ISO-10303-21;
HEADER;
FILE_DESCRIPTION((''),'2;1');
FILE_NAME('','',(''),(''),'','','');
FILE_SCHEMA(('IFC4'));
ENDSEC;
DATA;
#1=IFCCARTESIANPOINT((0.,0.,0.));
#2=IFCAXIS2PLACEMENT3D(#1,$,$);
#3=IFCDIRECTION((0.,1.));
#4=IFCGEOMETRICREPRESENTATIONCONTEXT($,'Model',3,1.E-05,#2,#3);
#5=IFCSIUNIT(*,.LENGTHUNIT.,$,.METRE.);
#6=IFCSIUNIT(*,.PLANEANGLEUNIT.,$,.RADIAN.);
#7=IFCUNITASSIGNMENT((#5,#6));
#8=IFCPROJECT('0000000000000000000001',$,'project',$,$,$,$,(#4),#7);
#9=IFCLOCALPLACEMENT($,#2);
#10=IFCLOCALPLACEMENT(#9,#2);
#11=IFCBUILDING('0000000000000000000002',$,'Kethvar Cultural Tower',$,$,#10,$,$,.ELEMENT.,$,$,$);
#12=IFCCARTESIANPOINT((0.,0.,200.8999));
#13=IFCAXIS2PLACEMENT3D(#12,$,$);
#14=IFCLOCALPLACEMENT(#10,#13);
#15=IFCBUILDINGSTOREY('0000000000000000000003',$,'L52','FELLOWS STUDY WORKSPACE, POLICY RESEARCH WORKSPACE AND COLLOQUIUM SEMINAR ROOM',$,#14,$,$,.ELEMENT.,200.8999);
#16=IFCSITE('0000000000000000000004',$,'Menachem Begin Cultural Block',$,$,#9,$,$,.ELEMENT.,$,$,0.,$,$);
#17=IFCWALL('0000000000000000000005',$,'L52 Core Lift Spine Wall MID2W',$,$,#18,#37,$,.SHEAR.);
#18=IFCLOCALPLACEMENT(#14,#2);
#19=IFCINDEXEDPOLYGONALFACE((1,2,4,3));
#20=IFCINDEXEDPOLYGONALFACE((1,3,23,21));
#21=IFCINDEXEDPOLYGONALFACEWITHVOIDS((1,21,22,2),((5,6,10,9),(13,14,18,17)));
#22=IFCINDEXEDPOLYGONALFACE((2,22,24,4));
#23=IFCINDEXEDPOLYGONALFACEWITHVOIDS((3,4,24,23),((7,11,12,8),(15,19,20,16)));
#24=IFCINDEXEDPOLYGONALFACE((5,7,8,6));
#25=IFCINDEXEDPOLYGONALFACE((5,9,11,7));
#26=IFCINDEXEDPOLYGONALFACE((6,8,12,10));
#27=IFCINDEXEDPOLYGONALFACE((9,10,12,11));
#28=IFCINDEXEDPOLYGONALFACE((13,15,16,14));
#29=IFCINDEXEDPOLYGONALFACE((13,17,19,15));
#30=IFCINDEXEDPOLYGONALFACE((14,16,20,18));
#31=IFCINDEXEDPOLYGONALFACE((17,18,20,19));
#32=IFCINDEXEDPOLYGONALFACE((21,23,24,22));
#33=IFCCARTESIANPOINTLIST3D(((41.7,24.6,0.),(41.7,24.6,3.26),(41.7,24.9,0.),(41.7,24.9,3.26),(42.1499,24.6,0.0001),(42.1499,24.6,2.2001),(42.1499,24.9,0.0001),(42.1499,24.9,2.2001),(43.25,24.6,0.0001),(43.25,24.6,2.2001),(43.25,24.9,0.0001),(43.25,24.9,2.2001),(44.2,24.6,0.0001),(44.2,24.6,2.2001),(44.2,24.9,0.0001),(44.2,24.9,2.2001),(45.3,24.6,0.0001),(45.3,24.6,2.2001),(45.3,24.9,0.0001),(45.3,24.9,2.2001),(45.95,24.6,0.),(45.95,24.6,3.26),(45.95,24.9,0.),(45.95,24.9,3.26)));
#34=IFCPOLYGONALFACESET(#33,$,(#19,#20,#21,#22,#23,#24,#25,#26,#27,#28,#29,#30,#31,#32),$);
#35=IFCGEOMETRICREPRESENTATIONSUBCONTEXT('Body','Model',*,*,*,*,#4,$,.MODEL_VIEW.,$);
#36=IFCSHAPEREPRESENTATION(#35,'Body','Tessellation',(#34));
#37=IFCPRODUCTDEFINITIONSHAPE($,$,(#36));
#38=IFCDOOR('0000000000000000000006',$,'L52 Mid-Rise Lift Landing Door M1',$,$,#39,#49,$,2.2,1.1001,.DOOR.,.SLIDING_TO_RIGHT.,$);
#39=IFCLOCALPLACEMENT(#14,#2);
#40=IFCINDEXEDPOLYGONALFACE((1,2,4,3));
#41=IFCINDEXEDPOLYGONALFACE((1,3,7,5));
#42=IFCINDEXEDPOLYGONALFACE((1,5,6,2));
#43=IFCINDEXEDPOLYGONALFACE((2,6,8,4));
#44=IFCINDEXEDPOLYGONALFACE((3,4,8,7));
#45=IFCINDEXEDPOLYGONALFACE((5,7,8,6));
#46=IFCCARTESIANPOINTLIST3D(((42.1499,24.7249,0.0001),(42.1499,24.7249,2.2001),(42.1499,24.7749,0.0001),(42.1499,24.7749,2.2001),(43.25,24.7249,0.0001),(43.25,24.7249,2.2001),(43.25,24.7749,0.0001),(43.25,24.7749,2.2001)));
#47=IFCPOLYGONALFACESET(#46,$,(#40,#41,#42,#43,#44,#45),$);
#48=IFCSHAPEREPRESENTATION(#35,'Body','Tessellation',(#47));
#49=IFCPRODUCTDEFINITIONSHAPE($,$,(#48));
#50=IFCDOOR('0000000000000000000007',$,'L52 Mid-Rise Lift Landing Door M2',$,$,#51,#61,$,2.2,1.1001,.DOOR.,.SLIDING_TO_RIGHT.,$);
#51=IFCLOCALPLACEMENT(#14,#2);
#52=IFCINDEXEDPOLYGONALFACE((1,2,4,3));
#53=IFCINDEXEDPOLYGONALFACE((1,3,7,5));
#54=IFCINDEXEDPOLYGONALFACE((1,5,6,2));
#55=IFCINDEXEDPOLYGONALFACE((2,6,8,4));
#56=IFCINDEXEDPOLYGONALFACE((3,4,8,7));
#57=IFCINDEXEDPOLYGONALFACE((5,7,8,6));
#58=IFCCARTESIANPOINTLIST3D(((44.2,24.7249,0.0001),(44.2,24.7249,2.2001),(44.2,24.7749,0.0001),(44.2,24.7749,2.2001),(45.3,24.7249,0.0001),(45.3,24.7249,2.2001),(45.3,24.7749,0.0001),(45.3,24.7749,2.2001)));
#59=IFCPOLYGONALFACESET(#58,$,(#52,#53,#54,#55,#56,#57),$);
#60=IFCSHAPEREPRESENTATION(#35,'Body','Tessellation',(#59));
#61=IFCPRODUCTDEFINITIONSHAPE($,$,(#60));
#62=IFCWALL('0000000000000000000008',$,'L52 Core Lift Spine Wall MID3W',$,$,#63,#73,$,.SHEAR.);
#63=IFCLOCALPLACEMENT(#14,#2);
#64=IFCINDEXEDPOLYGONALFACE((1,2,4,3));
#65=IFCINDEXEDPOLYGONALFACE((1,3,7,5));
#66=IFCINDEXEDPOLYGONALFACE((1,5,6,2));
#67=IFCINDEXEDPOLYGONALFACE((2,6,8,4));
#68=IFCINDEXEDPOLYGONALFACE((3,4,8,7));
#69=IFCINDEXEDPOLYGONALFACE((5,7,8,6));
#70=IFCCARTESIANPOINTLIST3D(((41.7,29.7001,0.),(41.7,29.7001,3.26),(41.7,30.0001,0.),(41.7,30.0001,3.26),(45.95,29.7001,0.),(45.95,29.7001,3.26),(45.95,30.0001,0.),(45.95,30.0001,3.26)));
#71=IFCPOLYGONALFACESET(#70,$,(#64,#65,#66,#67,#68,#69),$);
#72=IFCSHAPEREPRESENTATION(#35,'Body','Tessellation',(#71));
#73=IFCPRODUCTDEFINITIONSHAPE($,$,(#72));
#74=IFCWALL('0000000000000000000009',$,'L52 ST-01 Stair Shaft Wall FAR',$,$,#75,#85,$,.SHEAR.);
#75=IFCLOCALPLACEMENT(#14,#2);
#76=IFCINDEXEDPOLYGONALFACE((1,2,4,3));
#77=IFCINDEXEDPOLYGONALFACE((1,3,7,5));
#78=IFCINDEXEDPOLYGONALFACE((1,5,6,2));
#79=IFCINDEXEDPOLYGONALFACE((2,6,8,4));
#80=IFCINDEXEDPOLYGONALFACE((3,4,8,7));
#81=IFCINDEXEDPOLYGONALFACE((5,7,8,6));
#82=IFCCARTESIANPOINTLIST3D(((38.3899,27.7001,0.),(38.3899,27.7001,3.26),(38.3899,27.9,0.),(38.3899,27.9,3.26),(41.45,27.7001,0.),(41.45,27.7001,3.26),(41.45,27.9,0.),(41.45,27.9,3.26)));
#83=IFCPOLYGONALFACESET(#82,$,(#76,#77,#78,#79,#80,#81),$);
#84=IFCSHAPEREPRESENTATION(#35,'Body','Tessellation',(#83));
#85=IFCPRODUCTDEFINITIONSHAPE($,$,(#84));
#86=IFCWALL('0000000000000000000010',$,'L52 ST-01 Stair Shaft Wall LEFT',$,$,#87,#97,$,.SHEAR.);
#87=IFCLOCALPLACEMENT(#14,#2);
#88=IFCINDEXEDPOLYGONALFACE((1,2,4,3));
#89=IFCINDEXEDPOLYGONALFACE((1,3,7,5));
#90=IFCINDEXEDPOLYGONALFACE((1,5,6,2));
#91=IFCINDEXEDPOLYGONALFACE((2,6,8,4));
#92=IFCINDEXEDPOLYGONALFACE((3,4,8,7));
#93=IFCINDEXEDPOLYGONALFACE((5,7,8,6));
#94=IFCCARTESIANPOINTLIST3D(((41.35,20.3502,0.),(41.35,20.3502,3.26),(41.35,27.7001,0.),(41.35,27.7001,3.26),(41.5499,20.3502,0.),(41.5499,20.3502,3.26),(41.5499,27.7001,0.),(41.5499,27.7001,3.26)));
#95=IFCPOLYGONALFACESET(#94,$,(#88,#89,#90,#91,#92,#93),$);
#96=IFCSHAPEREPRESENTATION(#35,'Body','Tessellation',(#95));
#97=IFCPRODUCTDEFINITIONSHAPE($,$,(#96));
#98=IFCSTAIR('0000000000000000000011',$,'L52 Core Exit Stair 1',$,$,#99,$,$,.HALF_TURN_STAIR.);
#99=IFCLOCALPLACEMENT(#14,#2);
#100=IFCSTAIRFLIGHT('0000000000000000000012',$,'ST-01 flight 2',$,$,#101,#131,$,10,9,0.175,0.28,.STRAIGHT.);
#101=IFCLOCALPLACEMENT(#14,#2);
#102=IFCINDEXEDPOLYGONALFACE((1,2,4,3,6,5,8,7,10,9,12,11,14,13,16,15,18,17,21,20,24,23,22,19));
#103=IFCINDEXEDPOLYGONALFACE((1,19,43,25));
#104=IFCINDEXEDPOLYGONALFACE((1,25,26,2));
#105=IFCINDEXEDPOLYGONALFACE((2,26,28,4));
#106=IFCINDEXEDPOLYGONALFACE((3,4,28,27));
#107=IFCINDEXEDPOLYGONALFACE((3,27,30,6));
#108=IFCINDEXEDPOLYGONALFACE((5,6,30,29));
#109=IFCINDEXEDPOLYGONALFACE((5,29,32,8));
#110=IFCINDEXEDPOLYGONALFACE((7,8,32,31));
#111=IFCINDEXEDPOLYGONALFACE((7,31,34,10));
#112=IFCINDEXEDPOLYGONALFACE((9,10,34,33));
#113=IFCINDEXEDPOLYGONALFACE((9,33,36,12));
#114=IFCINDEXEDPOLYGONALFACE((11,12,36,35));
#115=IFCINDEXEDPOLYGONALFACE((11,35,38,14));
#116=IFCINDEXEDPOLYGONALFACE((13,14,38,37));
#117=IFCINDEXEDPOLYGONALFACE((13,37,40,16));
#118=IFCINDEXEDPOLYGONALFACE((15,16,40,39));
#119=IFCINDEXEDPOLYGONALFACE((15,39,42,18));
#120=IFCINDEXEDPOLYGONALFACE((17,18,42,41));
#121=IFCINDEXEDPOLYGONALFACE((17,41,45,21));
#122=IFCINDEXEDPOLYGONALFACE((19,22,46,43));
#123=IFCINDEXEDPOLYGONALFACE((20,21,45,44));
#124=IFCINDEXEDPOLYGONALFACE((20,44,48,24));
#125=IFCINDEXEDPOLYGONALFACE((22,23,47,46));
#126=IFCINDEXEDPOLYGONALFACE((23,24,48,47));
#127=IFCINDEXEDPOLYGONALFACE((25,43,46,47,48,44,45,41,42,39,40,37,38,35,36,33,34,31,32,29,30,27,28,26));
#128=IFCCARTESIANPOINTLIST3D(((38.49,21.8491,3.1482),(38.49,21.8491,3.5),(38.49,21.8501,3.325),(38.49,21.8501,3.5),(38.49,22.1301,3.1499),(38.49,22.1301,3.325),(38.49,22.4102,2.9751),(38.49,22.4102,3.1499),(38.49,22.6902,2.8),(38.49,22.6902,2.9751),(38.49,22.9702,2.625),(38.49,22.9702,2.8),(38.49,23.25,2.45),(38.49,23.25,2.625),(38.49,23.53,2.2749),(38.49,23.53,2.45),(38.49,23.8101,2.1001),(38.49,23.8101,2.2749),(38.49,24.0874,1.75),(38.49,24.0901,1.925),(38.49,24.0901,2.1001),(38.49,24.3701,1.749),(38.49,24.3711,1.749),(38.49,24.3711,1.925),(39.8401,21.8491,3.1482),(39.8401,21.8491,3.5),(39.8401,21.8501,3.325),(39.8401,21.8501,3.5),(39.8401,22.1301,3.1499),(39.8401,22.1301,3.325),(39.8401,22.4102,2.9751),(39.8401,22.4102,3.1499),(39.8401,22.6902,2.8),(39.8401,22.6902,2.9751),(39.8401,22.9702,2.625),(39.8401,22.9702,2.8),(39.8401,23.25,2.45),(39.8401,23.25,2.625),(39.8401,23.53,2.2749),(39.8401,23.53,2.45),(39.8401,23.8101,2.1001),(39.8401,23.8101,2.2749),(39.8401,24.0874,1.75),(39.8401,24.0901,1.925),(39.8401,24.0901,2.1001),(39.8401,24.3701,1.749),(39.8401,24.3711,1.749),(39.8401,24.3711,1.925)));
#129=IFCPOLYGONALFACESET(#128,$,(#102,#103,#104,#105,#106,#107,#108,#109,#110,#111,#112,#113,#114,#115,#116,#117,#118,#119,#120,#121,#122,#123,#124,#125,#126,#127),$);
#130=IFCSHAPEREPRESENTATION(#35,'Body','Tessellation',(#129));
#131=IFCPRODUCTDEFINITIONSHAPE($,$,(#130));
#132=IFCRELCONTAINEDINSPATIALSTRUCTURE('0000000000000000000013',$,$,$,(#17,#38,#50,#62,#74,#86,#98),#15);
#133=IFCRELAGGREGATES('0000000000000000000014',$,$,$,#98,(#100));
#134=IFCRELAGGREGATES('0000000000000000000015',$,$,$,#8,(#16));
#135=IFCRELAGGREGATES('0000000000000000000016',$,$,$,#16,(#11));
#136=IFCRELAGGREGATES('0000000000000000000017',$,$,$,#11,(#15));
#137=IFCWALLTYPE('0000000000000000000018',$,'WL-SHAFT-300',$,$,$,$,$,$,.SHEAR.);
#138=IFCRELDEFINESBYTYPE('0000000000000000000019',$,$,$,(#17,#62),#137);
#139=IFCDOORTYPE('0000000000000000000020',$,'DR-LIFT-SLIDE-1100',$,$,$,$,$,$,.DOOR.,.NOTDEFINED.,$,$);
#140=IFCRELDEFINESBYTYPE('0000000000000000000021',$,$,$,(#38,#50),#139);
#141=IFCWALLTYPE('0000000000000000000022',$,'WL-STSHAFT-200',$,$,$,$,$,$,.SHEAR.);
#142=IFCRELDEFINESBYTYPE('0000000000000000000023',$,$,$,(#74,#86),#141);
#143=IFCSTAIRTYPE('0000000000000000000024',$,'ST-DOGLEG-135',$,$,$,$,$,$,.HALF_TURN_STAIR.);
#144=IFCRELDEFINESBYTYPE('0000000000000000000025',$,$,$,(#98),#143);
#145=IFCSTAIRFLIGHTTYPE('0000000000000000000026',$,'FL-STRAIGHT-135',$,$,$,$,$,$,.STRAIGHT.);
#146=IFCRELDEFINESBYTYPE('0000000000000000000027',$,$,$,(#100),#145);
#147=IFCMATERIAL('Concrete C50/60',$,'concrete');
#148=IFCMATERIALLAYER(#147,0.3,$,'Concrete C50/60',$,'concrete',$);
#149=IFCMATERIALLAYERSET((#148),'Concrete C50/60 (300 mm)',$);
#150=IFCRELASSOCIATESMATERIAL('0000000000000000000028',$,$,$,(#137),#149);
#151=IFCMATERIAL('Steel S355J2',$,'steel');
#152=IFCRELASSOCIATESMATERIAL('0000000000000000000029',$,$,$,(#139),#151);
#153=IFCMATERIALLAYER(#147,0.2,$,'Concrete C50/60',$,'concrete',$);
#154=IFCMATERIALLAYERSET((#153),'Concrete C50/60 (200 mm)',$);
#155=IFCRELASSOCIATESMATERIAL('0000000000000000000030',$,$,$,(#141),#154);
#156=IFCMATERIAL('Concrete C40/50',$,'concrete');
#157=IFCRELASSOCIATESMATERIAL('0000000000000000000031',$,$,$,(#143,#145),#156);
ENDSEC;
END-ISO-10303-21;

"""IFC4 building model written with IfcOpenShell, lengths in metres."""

from ifc_helpers import new_model, si_unit, direction, frame, frame_2d, origin, place, context, subcontext, project, spatial, polyline, rectangle, outline, extrude, source, transform, mapped, material, layer, layer_set, type_object, element, fill, aggregate, save


model = new_model("IFC4")

# Units and contexts
model_context = context("Model", 3, precision=1e-05, world=origin(), true_north=direction((0.0, 1.0)))
body_context = subcontext(model_context, "Body", "Model", "MODEL_VIEW")
ifc_project = project(units=[si_unit("LENGTHUNIT", "METRE"), si_unit("PLANEANGLEUNIT", "RADIAN")], contexts=[model_context])

# Site, building, storey
site_placement = place(None, origin())
site = spatial("IfcSite", under=ifc_project, at=site_placement, Name="Menachem Begin Cultural Block", CompositionType="ELEMENT", RefElevation=0.0)
building_placement = place(site_placement, origin())
building = spatial("IfcBuilding", under=site, at=building_placement, Name="Kethvar Cultural Tower", CompositionType="ELEMENT")
storey_placement = place(building_placement, frame((0.0, 0.0, 200.8999)))
storey = spatial("IfcBuildingStorey", under=building, at=storey_placement, Name="L52", Description="FELLOWS STUDY WORKSPACE, POLICY RESEARCH WORKSPACE AND COLLOQUIUM SEMINAR ROOM", CompositionType="ELEMENT", Elevation=200.8999)

# Shared definitions
ifc_material_1 = material(Name="Steel S355J2", Category="steel")

# Shared definitions
ifc_material_2 = material(Name="Concrete C40/50", Category="concrete")

# Wall, openings, doors
ifc_material_3 = material(Name="Concrete C50/60", Category="concrete")
ifc_layer_1 = layer(ifc_material_3, 0.3, Name="Concrete C50/60", Category="concrete")
ifc_layer_set_1 = layer_set([ifc_layer_1], Name="Concrete C50/60 (300 mm)")
wall_type_1 = type_object("IfcWallType", Name="WL-SHAFT-300", PredefinedType="SHEAR", material=ifc_layer_set_1)
wall_1_placement = place(storey_placement, frame((41.7, 24.75, 0.0), z_axis=(0.0, 0.0, 1.0), x_axis=(1.0, 0.0, 0.0)))
wall_1 = element("IfcWall", 1, at=wall_1_placement, inside=storey, type_object=wall_type_1, Name="L52 Core Lift Spine Wall MID2W", PredefinedType="SHEAR", context=body_context, shape_type="SweptSolid", body=[
    extrude(rectangle(XDim=4.25, YDim=0.3, at=frame_2d((2.125, 0.0))), origin(), (0.0, 0.0, 1.0), 3.26),
])
opening_1_placement = place(wall_1_placement, frame((0.45, 0.0, 0.0)))
opening_1 = element("IfcOpeningElement", 2, at=opening_1_placement, cuts=wall_1, PredefinedType="OPENING", context=body_context, shape_type="SweptSolid", body=[
    extrude(rectangle(XDim=1.1001, YDim=2.2, at=frame_2d((0.55, 1.1001))), frame((0.0, 0.1599, 0.0), z_axis=(0.0, -1.0, 0.0), x_axis=(1.0, 0.0, 0.0)), (0.0, 0.0, 1.0), 0.3201),
])
opening_2_placement = place(wall_1_placement, frame((2.5, 0.0, 0.0)))
opening_2 = element("IfcOpeningElement", 3, at=opening_2_placement, cuts=wall_1, PredefinedType="OPENING", context=body_context, shape_type="SweptSolid", body=[
    extrude(rectangle(XDim=1.1001, YDim=2.2, at=frame_2d((0.55, 1.1001))), frame((0.0, 0.1599, 0.0), z_axis=(0.0, -1.0, 0.0), x_axis=(1.0, 0.0, 0.0)), (0.0, 0.0, 1.0), 0.3201),
])
door_type = type_object("IfcDoorType", Name="DR-LIFT-SLIDE-1100", OperationType="NOTDEFINED", PredefinedType="DOOR", material=ifc_material_1)
shared_shape_1 = source(origin(), body_context, "Body", "SweptSolid", [
    extrude(rectangle(XDim=1.1001, YDim=2.2, at=frame_2d((0.55, 1.1001))), frame((0.0, 0.0249, 0.0), z_axis=(0.0, -1.0, 0.0), x_axis=(1.0, 0.0, 0.0)), (0.0, 0.0, 1.0), 0.05),
])
door_1_placement = place(opening_1_placement, origin())
door_1 = element("IfcDoor", 4, at=door_1_placement, inside=storey, type_object=door_type, Name="L52 Mid-Rise Lift Landing Door M1", OperationType="SLIDING_TO_RIGHT", OverallHeight=2.2, OverallWidth=1.1001, PredefinedType="DOOR", context=body_context, shape_type="MappedRepresentation", body=[
    mapped(shared_shape_1, transform((0.0, 0.0, 0.0), scale=1.0)),
])
fill(opening_1, door_1)
door_2_placement = place(opening_2_placement, origin())
door_2 = element("IfcDoor", 5, at=door_2_placement, inside=storey, type_object=door_type, Name="L52 Mid-Rise Lift Landing Door M2", OperationType="SLIDING_TO_RIGHT", OverallHeight=2.2, OverallWidth=1.1001, PredefinedType="DOOR", context=body_context, shape_type="MappedRepresentation", body=[
    mapped(shared_shape_1, transform((0.0, 0.0, 0.0), scale=1.0)),
])
fill(opening_2, door_2)

# Walls
wall_2_placement = place(storey_placement, frame((41.7, 29.8501, 0.0), z_axis=(0.0, 0.0, 1.0), x_axis=(1.0, 0.0, 0.0)))
element("IfcWall", 6, at=wall_2_placement, inside=storey, type_object=wall_type_1, Name="L52 Core Lift Spine Wall MID3W", PredefinedType="SHEAR", context=body_context, shape_type="SweptSolid", body=[
    extrude(rectangle(XDim=4.25, YDim=0.3, at=frame_2d((2.125, 0.0))), origin(), (0.0, 0.0, 1.0), 3.26),
])
ifc_layer_2 = layer(ifc_material_3, 0.2, Name="Concrete C50/60", Category="concrete")
ifc_layer_set_2 = layer_set([ifc_layer_2], Name="Concrete C50/60 (200 mm)")
wall_type_2 = type_object("IfcWallType", Name="WL-STSHAFT-200", PredefinedType="SHEAR", material=ifc_layer_set_2)
wall_3_placement = place(storey_placement, frame((38.3899, 27.8, 0.0), z_axis=(0.0, 0.0, 1.0), x_axis=(1.0, 0.0, 0.0)))
element("IfcWall", 7, at=wall_3_placement, inside=storey, type_object=wall_type_2, Name="L52 ST-01 Stair Shaft Wall FAR", PredefinedType="SHEAR", context=body_context, shape_type="SweptSolid", body=[
    extrude(rectangle(XDim=3.0601, YDim=0.2, at=frame_2d((1.53, 0.0))), origin(), (0.0, 0.0, 1.0), 3.26),
])
wall_4_placement = place(storey_placement, frame((41.45, 27.7, 0.0), z_axis=(0.0, 0.0, 1.0), x_axis=(0.0, -1.0, 0.0)))
element("IfcWall", 8, at=wall_4_placement, inside=storey, type_object=wall_type_2, Name="L52 ST-01 Stair Shaft Wall LEFT", PredefinedType="SHEAR", context=body_context, shape_type="SweptSolid", body=[
    extrude(rectangle(XDim=7.3499, YDim=0.2, at=frame_2d((3.6748, 0.0))), origin(), (0.0, 0.0, 1.0), 3.26),
])

# Stair, stair flight
stair_type = type_object("IfcStairType", Name="ST-DOGLEG-135", PredefinedType="HALF_TURN_STAIR", material=ifc_material_2)
stair_placement = place(storey_placement, origin())
stair = element("IfcStair", 9, at=stair_placement, inside=storey, type_object=stair_type, Name="L52 Core Exit Stair 1", PredefinedType="HALF_TURN_STAIR")
stair_flight_type = type_object("IfcStairFlightType", Name="FL-STRAIGHT-135", PredefinedType="STRAIGHT", material=ifc_material_2)
stair_flight_placement = place(storey_placement, frame((39.165, 24.3701, 1.75), z_axis=(0.0, 0.0, 1.0), x_axis=(0.0, -1.0, 0.0)))
stair_flight = element("IfcStairFlight", 10, at=stair_flight_placement, type_object=stair_flight_type, Name="ST-01 flight 2", NumberOfRisers=10, NumberOfTreads=9, PredefinedType="STRAIGHT", RiserHeight=0.175, TreadLength=0.28, context=body_context, shape_type="SweptSolid", body=[
    extrude(outline(polyline([(-0.001, -0.001), (-0.001, 0.175), (0.28, 0.175), (0.28, 0.3501), (0.5601, 0.3501), (0.5601, 0.5249), (0.8401, 0.5249), (0.8401, 0.7), (1.1201, 0.7), (1.1201, 0.875), (1.3999, 0.875), (1.3999, 1.05), (1.6799, 1.05), (1.6799, 1.2251), (1.96, 1.2251), (1.96, 1.3999), (2.24, 1.3999), (2.24, 1.575), (2.52, 1.575), (2.52, 1.75), (2.521, 1.75), (2.521, 1.3982), (0.2827, 0.0), (0.0, -0.001), (-0.001, -0.001)])), frame((0.0, 0.675, 0.0), z_axis=(0.0, -1.0, 0.0), x_axis=(1.0, 0.0, 0.0)), (0.0, 0.0, 1.0), 1.3501),
])
aggregate(stair, [stair_flight])

save(model, "model.ifc")
